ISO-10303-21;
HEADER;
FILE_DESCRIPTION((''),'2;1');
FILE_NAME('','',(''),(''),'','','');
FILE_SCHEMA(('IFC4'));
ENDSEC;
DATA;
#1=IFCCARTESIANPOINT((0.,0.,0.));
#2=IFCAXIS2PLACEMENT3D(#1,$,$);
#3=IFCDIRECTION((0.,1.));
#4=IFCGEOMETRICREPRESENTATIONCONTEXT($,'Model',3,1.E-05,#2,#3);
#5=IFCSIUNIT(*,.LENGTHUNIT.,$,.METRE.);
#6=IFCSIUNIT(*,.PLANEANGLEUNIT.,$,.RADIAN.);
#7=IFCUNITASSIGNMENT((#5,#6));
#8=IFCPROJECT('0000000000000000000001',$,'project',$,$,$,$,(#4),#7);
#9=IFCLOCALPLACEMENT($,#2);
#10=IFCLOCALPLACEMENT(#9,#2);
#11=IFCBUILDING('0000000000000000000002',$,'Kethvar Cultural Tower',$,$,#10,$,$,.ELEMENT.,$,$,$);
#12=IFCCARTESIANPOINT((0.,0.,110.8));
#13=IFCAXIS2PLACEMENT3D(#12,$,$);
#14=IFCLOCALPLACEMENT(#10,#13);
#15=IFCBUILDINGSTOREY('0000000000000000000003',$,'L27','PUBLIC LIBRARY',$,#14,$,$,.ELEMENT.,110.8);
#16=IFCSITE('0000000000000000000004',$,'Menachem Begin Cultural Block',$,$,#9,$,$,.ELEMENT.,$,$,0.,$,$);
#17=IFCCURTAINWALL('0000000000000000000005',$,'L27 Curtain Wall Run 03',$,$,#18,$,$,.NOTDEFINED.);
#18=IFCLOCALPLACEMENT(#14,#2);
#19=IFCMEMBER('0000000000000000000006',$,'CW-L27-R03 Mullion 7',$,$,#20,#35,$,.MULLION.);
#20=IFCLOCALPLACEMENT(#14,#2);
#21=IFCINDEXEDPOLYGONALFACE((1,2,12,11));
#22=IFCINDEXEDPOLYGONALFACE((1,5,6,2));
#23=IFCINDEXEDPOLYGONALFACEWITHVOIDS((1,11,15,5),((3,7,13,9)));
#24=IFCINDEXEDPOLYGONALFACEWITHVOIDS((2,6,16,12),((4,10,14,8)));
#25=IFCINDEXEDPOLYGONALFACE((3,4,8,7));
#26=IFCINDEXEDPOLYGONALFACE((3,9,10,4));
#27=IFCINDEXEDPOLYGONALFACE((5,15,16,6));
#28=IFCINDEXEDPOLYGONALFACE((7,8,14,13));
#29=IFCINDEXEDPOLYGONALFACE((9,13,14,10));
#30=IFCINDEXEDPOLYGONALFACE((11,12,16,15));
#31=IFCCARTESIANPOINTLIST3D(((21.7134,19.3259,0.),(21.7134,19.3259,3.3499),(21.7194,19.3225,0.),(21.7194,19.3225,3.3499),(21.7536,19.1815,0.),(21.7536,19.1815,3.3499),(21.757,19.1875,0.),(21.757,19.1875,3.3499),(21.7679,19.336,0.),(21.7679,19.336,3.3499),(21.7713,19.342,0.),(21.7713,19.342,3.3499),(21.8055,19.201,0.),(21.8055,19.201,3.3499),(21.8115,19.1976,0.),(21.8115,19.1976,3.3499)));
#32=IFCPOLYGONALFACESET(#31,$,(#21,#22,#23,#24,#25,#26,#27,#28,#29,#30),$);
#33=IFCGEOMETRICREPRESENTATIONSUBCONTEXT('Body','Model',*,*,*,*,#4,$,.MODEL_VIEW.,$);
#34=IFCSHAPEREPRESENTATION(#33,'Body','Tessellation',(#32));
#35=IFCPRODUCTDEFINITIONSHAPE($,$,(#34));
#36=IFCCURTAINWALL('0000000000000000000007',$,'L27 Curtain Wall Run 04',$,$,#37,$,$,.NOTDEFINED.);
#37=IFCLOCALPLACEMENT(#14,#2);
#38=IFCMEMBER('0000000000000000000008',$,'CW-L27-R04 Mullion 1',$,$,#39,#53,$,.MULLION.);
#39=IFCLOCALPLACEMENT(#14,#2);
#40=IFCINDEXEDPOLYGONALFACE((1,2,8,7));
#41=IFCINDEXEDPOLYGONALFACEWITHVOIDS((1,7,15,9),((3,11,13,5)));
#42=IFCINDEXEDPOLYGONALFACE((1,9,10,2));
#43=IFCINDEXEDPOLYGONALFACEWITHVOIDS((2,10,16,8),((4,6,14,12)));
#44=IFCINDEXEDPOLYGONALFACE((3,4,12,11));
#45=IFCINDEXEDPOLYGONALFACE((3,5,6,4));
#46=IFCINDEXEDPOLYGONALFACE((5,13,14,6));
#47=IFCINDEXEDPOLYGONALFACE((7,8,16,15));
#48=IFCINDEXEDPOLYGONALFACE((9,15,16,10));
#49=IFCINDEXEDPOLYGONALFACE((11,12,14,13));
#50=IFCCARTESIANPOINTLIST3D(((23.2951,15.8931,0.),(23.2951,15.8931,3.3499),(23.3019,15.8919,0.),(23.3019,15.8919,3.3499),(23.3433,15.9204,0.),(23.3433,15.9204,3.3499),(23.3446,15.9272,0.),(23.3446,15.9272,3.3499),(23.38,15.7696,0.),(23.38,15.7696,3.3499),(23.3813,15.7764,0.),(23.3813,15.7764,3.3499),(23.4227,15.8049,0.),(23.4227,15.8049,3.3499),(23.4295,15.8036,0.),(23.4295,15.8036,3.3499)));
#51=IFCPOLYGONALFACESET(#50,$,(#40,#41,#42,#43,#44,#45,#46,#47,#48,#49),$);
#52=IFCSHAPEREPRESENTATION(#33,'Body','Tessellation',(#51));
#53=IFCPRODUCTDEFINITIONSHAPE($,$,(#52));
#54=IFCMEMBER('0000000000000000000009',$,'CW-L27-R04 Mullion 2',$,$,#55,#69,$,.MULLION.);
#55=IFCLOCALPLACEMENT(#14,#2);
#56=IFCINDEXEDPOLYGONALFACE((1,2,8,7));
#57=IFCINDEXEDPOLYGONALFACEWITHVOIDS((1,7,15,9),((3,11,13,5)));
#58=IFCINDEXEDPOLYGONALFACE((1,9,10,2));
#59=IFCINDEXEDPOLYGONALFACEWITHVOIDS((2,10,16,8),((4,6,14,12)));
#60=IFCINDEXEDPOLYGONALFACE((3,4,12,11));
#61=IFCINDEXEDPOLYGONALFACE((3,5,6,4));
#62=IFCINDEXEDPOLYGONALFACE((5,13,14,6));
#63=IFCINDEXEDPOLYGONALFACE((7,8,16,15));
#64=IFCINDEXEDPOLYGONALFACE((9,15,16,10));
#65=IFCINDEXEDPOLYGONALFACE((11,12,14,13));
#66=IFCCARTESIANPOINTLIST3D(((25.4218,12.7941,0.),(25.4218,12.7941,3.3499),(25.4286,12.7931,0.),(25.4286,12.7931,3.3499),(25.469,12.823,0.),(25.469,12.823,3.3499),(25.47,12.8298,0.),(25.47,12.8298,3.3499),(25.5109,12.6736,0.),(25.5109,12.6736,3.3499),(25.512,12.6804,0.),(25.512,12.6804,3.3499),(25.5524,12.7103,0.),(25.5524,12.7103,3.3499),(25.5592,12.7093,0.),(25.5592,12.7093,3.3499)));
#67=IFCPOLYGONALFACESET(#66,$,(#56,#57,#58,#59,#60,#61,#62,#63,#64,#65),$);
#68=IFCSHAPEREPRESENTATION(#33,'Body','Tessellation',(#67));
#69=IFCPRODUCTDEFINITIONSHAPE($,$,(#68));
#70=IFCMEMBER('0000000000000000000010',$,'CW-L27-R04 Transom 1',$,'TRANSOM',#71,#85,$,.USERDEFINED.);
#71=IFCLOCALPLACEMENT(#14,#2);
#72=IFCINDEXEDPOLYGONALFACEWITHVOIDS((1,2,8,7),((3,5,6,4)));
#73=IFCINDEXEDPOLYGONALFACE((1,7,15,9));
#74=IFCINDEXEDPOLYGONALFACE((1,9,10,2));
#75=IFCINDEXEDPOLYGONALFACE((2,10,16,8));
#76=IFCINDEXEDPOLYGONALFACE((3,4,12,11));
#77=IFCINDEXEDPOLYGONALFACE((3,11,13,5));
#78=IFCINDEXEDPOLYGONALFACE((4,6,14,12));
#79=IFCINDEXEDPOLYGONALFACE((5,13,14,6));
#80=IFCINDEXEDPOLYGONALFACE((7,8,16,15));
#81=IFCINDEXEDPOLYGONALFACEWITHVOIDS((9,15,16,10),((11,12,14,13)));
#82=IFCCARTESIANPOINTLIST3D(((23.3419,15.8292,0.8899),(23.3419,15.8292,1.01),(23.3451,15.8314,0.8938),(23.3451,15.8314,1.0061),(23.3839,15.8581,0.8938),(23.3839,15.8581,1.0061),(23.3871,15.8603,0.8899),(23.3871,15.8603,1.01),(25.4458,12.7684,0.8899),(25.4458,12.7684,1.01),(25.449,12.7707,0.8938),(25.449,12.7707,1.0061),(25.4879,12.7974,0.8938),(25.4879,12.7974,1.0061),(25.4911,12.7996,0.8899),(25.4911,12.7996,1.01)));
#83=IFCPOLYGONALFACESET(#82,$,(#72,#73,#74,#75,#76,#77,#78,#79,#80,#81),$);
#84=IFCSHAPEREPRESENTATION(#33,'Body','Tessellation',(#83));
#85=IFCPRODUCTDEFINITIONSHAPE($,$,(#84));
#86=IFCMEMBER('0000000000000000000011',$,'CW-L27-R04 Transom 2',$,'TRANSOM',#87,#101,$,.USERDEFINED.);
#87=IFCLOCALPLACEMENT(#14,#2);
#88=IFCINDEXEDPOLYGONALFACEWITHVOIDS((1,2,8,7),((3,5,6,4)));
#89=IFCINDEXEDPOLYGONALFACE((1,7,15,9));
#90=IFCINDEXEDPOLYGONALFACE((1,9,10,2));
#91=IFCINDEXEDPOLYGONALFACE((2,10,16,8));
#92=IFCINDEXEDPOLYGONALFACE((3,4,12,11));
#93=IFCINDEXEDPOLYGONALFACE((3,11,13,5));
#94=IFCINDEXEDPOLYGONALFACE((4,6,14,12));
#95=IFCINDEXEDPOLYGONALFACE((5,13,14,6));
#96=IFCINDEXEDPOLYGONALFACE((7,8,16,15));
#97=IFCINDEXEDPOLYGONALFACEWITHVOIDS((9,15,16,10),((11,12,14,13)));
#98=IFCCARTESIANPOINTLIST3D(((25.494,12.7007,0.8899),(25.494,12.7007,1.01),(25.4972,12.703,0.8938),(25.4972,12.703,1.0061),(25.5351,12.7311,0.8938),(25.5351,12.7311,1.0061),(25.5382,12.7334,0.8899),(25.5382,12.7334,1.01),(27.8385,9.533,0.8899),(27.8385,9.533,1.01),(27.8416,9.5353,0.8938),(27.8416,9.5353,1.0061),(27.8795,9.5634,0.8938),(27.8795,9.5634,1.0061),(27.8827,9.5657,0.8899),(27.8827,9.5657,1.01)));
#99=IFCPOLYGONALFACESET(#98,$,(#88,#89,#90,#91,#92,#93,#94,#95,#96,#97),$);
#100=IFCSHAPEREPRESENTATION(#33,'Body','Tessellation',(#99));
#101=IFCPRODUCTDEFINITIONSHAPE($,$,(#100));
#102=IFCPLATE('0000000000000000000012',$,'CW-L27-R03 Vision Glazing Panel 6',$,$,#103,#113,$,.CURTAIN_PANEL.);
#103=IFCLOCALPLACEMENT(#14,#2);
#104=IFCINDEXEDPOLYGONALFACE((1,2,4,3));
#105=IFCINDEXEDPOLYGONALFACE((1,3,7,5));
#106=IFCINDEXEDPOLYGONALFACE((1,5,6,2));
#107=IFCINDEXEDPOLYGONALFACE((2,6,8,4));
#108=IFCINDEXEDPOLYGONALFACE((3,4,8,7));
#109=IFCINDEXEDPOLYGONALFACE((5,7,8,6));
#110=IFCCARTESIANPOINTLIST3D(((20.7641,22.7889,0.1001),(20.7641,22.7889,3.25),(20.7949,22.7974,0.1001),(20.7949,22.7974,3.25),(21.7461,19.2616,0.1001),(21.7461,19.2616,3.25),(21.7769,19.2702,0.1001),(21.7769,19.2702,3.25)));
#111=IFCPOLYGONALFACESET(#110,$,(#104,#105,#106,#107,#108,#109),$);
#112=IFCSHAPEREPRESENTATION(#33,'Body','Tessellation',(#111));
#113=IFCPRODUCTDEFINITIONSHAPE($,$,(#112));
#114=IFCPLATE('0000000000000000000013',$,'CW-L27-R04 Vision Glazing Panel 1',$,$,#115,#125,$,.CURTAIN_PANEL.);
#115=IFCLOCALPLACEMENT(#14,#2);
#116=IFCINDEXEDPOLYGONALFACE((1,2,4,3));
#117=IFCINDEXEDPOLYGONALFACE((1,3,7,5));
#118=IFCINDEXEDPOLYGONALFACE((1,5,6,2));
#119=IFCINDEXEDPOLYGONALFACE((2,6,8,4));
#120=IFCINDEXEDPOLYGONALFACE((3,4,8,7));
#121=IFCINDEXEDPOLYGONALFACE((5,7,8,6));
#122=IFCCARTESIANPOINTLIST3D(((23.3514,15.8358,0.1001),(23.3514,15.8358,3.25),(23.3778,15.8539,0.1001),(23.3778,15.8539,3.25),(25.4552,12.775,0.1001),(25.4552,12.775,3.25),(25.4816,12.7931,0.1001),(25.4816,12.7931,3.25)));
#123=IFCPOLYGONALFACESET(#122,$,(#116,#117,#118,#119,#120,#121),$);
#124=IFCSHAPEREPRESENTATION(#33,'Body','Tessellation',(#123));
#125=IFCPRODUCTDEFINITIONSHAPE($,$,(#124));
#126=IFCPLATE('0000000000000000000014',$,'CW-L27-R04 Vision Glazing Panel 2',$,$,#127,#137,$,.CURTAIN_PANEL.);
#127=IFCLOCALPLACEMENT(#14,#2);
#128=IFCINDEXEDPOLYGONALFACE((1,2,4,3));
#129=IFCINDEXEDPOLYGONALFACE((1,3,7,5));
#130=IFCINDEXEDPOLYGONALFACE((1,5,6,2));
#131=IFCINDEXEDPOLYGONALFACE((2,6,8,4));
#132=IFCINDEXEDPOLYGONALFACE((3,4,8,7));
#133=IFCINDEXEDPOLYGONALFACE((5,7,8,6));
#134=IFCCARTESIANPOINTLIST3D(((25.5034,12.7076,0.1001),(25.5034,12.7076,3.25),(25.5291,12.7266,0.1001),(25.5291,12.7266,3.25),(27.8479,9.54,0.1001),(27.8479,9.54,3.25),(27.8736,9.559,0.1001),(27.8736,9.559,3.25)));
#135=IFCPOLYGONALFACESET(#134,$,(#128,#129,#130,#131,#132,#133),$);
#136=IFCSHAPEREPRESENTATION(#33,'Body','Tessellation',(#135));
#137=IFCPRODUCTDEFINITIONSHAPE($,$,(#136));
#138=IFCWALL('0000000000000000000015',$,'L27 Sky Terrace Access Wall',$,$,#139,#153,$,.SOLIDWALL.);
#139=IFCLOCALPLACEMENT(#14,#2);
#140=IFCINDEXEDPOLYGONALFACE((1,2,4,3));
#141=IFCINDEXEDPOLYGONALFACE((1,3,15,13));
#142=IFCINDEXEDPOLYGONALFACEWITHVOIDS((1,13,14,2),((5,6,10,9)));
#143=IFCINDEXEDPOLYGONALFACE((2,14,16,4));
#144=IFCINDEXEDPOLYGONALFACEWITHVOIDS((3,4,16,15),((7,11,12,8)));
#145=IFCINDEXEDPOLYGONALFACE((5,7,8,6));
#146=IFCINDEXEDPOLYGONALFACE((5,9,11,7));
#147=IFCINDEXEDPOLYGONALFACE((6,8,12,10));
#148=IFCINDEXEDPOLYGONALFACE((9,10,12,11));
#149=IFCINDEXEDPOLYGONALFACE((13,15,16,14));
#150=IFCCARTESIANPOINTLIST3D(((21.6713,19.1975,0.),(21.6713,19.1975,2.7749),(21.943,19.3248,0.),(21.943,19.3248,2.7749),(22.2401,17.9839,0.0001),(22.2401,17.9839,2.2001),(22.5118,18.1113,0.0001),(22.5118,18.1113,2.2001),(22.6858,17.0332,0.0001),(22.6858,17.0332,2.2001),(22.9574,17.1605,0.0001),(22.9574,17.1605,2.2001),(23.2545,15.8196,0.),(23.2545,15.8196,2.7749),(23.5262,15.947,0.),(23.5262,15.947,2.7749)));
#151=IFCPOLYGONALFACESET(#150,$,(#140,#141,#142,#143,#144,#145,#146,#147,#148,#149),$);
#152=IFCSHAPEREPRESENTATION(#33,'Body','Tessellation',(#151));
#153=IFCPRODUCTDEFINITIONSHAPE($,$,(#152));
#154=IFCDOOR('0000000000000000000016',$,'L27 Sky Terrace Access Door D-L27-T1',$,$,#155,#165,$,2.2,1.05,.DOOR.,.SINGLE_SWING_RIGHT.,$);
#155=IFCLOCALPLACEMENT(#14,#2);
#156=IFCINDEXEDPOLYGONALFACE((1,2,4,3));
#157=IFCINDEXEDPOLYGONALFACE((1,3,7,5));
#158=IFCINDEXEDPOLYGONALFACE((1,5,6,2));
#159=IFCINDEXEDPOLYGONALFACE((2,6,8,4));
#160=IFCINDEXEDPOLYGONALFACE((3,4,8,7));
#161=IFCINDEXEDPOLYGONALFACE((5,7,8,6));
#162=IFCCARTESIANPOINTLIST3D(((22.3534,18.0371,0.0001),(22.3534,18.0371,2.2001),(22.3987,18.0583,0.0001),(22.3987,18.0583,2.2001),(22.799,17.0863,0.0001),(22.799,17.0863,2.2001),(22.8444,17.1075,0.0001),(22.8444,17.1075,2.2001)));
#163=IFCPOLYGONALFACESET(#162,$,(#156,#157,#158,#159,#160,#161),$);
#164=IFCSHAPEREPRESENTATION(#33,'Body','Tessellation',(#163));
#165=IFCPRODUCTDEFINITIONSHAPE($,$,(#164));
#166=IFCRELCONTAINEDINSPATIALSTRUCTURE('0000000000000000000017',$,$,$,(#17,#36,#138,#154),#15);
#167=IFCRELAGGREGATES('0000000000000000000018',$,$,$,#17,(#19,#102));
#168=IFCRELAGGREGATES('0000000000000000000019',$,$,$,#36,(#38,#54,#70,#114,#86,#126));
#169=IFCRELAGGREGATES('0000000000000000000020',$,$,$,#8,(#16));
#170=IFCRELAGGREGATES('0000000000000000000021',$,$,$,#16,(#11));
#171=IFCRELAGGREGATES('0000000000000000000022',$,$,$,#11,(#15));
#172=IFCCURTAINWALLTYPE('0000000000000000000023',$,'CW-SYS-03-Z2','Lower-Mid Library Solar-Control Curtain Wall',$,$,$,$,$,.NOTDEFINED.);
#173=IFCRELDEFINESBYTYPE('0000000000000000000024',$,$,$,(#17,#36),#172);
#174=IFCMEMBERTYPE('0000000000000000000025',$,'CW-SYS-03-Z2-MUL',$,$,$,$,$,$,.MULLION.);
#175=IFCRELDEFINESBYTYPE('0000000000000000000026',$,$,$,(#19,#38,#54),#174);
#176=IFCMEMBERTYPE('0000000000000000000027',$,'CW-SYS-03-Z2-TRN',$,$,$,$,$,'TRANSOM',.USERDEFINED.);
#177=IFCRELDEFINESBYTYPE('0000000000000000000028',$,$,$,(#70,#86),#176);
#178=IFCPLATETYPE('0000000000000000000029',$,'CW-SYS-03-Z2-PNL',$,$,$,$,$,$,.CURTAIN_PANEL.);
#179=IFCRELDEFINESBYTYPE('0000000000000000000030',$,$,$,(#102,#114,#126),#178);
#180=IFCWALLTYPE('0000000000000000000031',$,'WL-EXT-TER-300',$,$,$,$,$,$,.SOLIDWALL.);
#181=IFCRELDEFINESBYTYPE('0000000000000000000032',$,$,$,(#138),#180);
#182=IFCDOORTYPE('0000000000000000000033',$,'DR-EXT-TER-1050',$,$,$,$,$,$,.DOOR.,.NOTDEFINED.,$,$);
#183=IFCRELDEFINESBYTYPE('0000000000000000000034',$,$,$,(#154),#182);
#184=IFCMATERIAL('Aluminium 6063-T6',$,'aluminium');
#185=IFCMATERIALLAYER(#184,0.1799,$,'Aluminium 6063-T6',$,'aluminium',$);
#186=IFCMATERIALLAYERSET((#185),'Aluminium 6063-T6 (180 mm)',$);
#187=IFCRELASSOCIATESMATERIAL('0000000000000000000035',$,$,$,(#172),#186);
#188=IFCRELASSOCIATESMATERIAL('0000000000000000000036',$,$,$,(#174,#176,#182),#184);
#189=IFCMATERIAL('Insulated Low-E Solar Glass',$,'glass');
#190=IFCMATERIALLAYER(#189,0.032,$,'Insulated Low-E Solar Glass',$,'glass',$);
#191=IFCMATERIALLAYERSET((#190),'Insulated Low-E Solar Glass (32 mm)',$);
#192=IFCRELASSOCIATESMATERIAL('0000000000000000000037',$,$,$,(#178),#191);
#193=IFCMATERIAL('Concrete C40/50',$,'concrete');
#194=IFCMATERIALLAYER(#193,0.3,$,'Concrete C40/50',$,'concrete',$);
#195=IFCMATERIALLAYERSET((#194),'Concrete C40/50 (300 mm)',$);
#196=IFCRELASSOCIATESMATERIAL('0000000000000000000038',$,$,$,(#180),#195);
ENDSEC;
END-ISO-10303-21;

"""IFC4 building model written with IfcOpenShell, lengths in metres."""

from ifc_helpers import new_model, si_unit, direction, frame, frame_2d, origin, origin_2d, place, context, subcontext, project, spatial, rectangle, hollow_rectangle, extrude, source, transform, mapped, material, layer, layer_set, material_profile, profile_set, type_object, element, fill, aggregate, save


model = new_model("IFC4")

# Units and contexts
model_context = context("Model", 3, precision=1e-05, world=origin(), true_north=direction((0.0, 1.0)))
body_context = subcontext(model_context, "Body", "Model", "MODEL_VIEW")
ifc_project = project(units=[si_unit("LENGTHUNIT", "METRE"), si_unit("PLANEANGLEUNIT", "RADIAN")], contexts=[model_context])

# Site, building, storey
site_placement = place(None, origin())
site = spatial("IfcSite", under=ifc_project, at=site_placement, Name="Menachem Begin Cultural Block", CompositionType="ELEMENT", RefElevation=0.0)
building_placement = place(site_placement, origin())
building = spatial("IfcBuilding", under=site, at=building_placement, Name="Kethvar Cultural Tower", CompositionType="ELEMENT")
storey_placement = place(building_placement, frame((0.0, 0.0, 110.8)))
storey = spatial("IfcBuildingStorey", under=building, at=storey_placement, Name="L27", Description="PUBLIC LIBRARY", CompositionType="ELEMENT", Elevation=110.8)

# Curtain wall, member
ifc_material_1 = material(Name="Aluminium 6063-T6", Category="aluminium")
ifc_layer_1 = layer(ifc_material_1, 0.1799, Name="Aluminium 6063-T6", Category="aluminium")
ifc_layer_set_1 = layer_set([ifc_layer_1], Name="Aluminium 6063-T6 (180 mm)")
curtain_wall_type = type_object("IfcCurtainWallType", Name="CW-SYS-03-Z2", Description="Lower-Mid Library Solar-Control Curtain Wall", PredefinedType="NOTDEFINED", material=ifc_layer_set_1)
curtain_wall_1_placement = place(storey_placement, origin())
curtain_wall_1 = element("IfcCurtainWall", 1, at=curtain_wall_1_placement, inside=storey, type_object=curtain_wall_type, Name="L27 Curtain Wall Run 03", PredefinedType="NOTDEFINED")
ifc_material_profile_1 = material_profile(ifc_material_1, hollow_rectangle(XDim=0.0601, YDim=0.1499, WallThickness=0.0049, at=origin_2d()), Name="Aluminium 6063-T6 — RHS150x60x5")
ifc_profile_set_1 = profile_set([ifc_material_profile_1], Name="Aluminium 6063-T6 — RHS150x60x5")
member_type_1 = type_object("IfcMemberType", Name="CW-SYS-03-Z2-MUL", PredefinedType="MULLION", material=ifc_profile_set_1)
shared_shape_1 = source(origin(), body_context, "Body", "SweptSolid", [
    extrude(hollow_rectangle(XDim=0.0601, YDim=0.1499, WallThickness=0.0049, at=origin_2d()), origin(), (0.0, 0.0, 1.0), 3.3499),
])
member_1_placement = place(storey_placement, frame((21.7625, 19.2617, 0.0), z_axis=(0.0, 0.0, 1.0), x_axis=(0.963359, 0.268214, 0.0)))
member_1 = element("IfcMember", 2, at=member_1_placement, type_object=member_type_1, Name="CW-L27-R03 Mullion 7", PredefinedType="MULLION", context=body_context, shape_type="MappedRepresentation", body=[
    mapped(shared_shape_1, transform((0.0, 0.0, 0.0), scale=1.0)),
])

# Curtain wall, members
curtain_wall_2_placement = place(storey_placement, origin())
curtain_wall_2 = element("IfcCurtainWall", 3, at=curtain_wall_2_placement, inside=storey, type_object=curtain_wall_type, Name="L27 Curtain Wall Run 04", PredefinedType="NOTDEFINED")
member_2_placement = place(storey_placement, frame((23.3623, 15.8484, 0.0), z_axis=(0.0, 0.0, 1.0), x_axis=(0.824106, 0.566435, 0.0)))
member_2 = element("IfcMember", 4, at=member_2_placement, type_object=member_type_1, Name="CW-L27-R04 Mullion 1", PredefinedType="MULLION", context=body_context, shape_type="MappedRepresentation", body=[
    mapped(shared_shape_1, transform((0.0, 0.0, 0.0), scale=1.0)),
])
member_3_placement = place(storey_placement, frame((25.4905, 12.7517, 0.0), z_axis=(0.0, 0.0, 1.0), x_axis=(0.803784, 0.594921, 0.0)))
member_3 = element("IfcMember", 5, at=member_3_placement, type_object=member_type_1, Name="CW-L27-R04 Mullion 2", PredefinedType="MULLION", context=body_context, shape_type="MappedRepresentation", body=[
    mapped(shared_shape_1, transform((0.0, 0.0, 0.0), scale=1.0)),
])
ifc_material_profile_2 = material_profile(ifc_material_1, hollow_rectangle(XDim=0.0549, YDim=0.1201, WallThickness=0.0039, at=origin_2d()), Name="Aluminium 6063-T6 — RHS120x55x4")
ifc_profile_set_2 = profile_set([ifc_material_profile_2], Name="Aluminium 6063-T6 — RHS120x55x4")
member_type_2 = type_object("IfcMemberType", Name="CW-SYS-03-Z2-TRN", ElementType="TRANSOM", PredefinedType="USERDEFINED", material=ifc_profile_set_2)
shared_shape_2 = source(origin(), body_context, "Body", "SweptSolid", [
    extrude(hollow_rectangle(XDim=0.0549, YDim=0.1201, WallThickness=0.0039, at=origin_2d()), origin(), (0.0, 0.0, 1.0), 3.7141),
])
member_4_placement = place(storey_placement, frame((23.3645, 15.8447, 0.95), z_axis=(0.566476, -0.824078, 0.0), x_axis=(0.824078, 0.566476, 0.0)))
member_4 = element("IfcMember", 6, at=member_4_placement, type_object=member_type_2, Name="CW-L27-R04 Transom 1", ObjectType="TRANSOM", PredefinedType="USERDEFINED", context=body_context, shape_type="MappedRepresentation", body=[
    mapped(shared_shape_2, transform((0.0, 0.0, 0.0), scale=1.0)),
])
shared_shape_3 = source(origin(), body_context, "Body", "SweptSolid", [
    extrude(hollow_rectangle(XDim=0.0549, YDim=0.1201, WallThickness=0.0039, at=origin_2d()), origin(), (0.0, 0.0, 1.0), 3.9409),
])
member_5_placement = place(storey_placement, frame((25.5161, 12.717, 0.95), z_axis=(0.594903, -0.803797, 0.0), x_axis=(0.803797, 0.594903, 0.0)))
member_5 = element("IfcMember", 7, at=member_5_placement, type_object=member_type_2, Name="CW-L27-R04 Transom 2", ObjectType="TRANSOM", PredefinedType="USERDEFINED", context=body_context, shape_type="MappedRepresentation", body=[
    mapped(shared_shape_3, transform((0.0, 0.0, 0.0), scale=1.0)),
])

# Plates
ifc_material_2 = material(Name="Insulated Low-E Solar Glass", Category="glass")
ifc_layer_2 = layer(ifc_material_2, 0.032, Name="Insulated Low-E Solar Glass", Category="glass")
ifc_layer_set_2 = layer_set([ifc_layer_2], Name="Insulated Low-E Solar Glass (32 mm)")
plate_type = type_object("IfcPlateType", Name="CW-SYS-03-Z2-PNL", PredefinedType="CURTAIN_PANEL", material=ifc_layer_set_2)
shared_shape_4 = source(origin(), body_context, "Body", "SweptSolid", [
    extrude(rectangle(XDim=3.6614, YDim=0.032, at=origin_2d()), origin(), (0.0, 0.0, 1.0), 3.1499),
])
plate_1_placement = place(storey_placement, frame((21.2705, 21.0295, 0.1001), z_axis=(0.0, 0.0, 1.0), x_axis=(0.268214, -0.963359, 0.0)))
plate_1 = element("IfcPlate", 8, at=plate_1_placement, type_object=plate_type, Name="CW-L27-R03 Vision Glazing Panel 6", PredefinedType="CURTAIN_PANEL", context=body_context, shape_type="MappedRepresentation", body=[
    mapped(shared_shape_4, transform((0.0, 0.0, 0.0), scale=1.0)),
])
aggregate(curtain_wall_1, [member_1, plate_1])
shared_shape_5 = source(origin(), body_context, "Body", "SweptSolid", [
    extrude(rectangle(XDim=3.7141, YDim=0.032, at=origin_2d()), origin(), (0.0, 0.0, 1.0), 3.1499),
])
plate_2_placement = place(storey_placement, frame((24.4165, 14.3145, 0.1001), z_axis=(0.0, 0.0, 1.0), x_axis=(0.566435, -0.824106, 0.0)))
plate_2 = element("IfcPlate", 9, at=plate_2_placement, type_object=plate_type, Name="CW-L27-R04 Vision Glazing Panel 1", PredefinedType="CURTAIN_PANEL", context=body_context, shape_type="MappedRepresentation", body=[
    mapped(shared_shape_5, transform((0.0, 0.0, 0.0), scale=1.0)),
])
shared_shape_6 = source(origin(), body_context, "Body", "SweptSolid", [
    extrude(rectangle(XDim=3.9409, YDim=0.032, at=origin_2d()), origin(), (0.0, 0.0, 1.0), 3.1499),
])
plate_3_placement = place(storey_placement, frame((26.6885, 11.1333, 0.1001), z_axis=(0.0, 0.0, 1.0), x_axis=(0.594921, -0.803784, 0.0)))
plate_3 = element("IfcPlate", 10, at=plate_3_placement, type_object=plate_type, Name="CW-L27-R04 Vision Glazing Panel 2", PredefinedType="CURTAIN_PANEL", context=body_context, shape_type="MappedRepresentation", body=[
    mapped(shared_shape_6, transform((0.0, 0.0, 0.0), scale=1.0)),
])
aggregate(curtain_wall_2, [member_2, member_3, member_4, plate_2, member_5, plate_3])

# Wall, opening, door
ifc_material_3 = material(Name="Concrete C40/50", Category="concrete")
ifc_layer_3 = layer(ifc_material_3, 0.3, Name="Concrete C40/50", Category="concrete")
ifc_layer_set_3 = layer_set([ifc_layer_3], Name="Concrete C40/50 (300 mm)")
wall_type = type_object("IfcWallType", Name="WL-EXT-TER-300", PredefinedType="SOLIDWALL", material=ifc_layer_set_3)
wall_placement = place(storey_placement, frame((23.3904, 15.8833, 0.0), z_axis=(0.0, 0.0, 1.0), x_axis=(-0.4244, 0.905475, 0.0)))
wall = element("IfcWall", 11, at=wall_placement, inside=storey, type_object=wall_type, Name="L27 Sky Terrace Access Wall", PredefinedType="SOLIDWALL", context=body_context, shape_type="SweptSolid", body=[
    extrude(rectangle(XDim=3.7305, YDim=0.3, at=frame_2d((1.8652, 0.0))), origin(), (0.0, 0.0, 1.0), 2.7749),
])
opening_placement = place(wall_placement, frame((1.3403, 0.0, 0.0)))
opening = element("IfcOpeningElement", 12, at=opening_placement, cuts=wall, PredefinedType="OPENING", context=body_context, shape_type="SweptSolid", body=[
    extrude(rectangle(XDim=1.05, YDim=2.2, at=frame_2d((0.5249, 1.1001))), frame((0.0, 0.1599, 0.0), z_axis=(0.0, -1.0, 0.0), x_axis=(1.0, 0.0, 0.0)), (0.0, 0.0, 1.0), 0.3201),
])
door_type = type_object("IfcDoorType", Name="DR-EXT-TER-1050", OperationType="NOTDEFINED", PredefinedType="DOOR", material=ifc_material_1)
shared_shape_7 = source(origin(), body_context, "Body", "SweptSolid", [
    extrude(rectangle(XDim=1.05, YDim=2.2, at=frame_2d((0.5249, 1.1001))), frame((0.0, 0.0249, 0.0), z_axis=(0.0, -1.0, 0.0), x_axis=(1.0, 0.0, 0.0)), (0.0, 0.0, 1.0), 0.05),
])
door_placement = place(opening_placement, origin())
door = element("IfcDoor", 13, at=door_placement, inside=storey, type_object=door_type, Name="L27 Sky Terrace Access Door D-L27-T1", OperationType="SINGLE_SWING_RIGHT", OverallHeight=2.2, OverallWidth=1.05, PredefinedType="DOOR", context=body_context, shape_type="MappedRepresentation", body=[
    mapped(shared_shape_7, transform((0.0, 0.0, 0.0), scale=1.0)),
])
fill(opening, door)

save(model, "model.ifc")
